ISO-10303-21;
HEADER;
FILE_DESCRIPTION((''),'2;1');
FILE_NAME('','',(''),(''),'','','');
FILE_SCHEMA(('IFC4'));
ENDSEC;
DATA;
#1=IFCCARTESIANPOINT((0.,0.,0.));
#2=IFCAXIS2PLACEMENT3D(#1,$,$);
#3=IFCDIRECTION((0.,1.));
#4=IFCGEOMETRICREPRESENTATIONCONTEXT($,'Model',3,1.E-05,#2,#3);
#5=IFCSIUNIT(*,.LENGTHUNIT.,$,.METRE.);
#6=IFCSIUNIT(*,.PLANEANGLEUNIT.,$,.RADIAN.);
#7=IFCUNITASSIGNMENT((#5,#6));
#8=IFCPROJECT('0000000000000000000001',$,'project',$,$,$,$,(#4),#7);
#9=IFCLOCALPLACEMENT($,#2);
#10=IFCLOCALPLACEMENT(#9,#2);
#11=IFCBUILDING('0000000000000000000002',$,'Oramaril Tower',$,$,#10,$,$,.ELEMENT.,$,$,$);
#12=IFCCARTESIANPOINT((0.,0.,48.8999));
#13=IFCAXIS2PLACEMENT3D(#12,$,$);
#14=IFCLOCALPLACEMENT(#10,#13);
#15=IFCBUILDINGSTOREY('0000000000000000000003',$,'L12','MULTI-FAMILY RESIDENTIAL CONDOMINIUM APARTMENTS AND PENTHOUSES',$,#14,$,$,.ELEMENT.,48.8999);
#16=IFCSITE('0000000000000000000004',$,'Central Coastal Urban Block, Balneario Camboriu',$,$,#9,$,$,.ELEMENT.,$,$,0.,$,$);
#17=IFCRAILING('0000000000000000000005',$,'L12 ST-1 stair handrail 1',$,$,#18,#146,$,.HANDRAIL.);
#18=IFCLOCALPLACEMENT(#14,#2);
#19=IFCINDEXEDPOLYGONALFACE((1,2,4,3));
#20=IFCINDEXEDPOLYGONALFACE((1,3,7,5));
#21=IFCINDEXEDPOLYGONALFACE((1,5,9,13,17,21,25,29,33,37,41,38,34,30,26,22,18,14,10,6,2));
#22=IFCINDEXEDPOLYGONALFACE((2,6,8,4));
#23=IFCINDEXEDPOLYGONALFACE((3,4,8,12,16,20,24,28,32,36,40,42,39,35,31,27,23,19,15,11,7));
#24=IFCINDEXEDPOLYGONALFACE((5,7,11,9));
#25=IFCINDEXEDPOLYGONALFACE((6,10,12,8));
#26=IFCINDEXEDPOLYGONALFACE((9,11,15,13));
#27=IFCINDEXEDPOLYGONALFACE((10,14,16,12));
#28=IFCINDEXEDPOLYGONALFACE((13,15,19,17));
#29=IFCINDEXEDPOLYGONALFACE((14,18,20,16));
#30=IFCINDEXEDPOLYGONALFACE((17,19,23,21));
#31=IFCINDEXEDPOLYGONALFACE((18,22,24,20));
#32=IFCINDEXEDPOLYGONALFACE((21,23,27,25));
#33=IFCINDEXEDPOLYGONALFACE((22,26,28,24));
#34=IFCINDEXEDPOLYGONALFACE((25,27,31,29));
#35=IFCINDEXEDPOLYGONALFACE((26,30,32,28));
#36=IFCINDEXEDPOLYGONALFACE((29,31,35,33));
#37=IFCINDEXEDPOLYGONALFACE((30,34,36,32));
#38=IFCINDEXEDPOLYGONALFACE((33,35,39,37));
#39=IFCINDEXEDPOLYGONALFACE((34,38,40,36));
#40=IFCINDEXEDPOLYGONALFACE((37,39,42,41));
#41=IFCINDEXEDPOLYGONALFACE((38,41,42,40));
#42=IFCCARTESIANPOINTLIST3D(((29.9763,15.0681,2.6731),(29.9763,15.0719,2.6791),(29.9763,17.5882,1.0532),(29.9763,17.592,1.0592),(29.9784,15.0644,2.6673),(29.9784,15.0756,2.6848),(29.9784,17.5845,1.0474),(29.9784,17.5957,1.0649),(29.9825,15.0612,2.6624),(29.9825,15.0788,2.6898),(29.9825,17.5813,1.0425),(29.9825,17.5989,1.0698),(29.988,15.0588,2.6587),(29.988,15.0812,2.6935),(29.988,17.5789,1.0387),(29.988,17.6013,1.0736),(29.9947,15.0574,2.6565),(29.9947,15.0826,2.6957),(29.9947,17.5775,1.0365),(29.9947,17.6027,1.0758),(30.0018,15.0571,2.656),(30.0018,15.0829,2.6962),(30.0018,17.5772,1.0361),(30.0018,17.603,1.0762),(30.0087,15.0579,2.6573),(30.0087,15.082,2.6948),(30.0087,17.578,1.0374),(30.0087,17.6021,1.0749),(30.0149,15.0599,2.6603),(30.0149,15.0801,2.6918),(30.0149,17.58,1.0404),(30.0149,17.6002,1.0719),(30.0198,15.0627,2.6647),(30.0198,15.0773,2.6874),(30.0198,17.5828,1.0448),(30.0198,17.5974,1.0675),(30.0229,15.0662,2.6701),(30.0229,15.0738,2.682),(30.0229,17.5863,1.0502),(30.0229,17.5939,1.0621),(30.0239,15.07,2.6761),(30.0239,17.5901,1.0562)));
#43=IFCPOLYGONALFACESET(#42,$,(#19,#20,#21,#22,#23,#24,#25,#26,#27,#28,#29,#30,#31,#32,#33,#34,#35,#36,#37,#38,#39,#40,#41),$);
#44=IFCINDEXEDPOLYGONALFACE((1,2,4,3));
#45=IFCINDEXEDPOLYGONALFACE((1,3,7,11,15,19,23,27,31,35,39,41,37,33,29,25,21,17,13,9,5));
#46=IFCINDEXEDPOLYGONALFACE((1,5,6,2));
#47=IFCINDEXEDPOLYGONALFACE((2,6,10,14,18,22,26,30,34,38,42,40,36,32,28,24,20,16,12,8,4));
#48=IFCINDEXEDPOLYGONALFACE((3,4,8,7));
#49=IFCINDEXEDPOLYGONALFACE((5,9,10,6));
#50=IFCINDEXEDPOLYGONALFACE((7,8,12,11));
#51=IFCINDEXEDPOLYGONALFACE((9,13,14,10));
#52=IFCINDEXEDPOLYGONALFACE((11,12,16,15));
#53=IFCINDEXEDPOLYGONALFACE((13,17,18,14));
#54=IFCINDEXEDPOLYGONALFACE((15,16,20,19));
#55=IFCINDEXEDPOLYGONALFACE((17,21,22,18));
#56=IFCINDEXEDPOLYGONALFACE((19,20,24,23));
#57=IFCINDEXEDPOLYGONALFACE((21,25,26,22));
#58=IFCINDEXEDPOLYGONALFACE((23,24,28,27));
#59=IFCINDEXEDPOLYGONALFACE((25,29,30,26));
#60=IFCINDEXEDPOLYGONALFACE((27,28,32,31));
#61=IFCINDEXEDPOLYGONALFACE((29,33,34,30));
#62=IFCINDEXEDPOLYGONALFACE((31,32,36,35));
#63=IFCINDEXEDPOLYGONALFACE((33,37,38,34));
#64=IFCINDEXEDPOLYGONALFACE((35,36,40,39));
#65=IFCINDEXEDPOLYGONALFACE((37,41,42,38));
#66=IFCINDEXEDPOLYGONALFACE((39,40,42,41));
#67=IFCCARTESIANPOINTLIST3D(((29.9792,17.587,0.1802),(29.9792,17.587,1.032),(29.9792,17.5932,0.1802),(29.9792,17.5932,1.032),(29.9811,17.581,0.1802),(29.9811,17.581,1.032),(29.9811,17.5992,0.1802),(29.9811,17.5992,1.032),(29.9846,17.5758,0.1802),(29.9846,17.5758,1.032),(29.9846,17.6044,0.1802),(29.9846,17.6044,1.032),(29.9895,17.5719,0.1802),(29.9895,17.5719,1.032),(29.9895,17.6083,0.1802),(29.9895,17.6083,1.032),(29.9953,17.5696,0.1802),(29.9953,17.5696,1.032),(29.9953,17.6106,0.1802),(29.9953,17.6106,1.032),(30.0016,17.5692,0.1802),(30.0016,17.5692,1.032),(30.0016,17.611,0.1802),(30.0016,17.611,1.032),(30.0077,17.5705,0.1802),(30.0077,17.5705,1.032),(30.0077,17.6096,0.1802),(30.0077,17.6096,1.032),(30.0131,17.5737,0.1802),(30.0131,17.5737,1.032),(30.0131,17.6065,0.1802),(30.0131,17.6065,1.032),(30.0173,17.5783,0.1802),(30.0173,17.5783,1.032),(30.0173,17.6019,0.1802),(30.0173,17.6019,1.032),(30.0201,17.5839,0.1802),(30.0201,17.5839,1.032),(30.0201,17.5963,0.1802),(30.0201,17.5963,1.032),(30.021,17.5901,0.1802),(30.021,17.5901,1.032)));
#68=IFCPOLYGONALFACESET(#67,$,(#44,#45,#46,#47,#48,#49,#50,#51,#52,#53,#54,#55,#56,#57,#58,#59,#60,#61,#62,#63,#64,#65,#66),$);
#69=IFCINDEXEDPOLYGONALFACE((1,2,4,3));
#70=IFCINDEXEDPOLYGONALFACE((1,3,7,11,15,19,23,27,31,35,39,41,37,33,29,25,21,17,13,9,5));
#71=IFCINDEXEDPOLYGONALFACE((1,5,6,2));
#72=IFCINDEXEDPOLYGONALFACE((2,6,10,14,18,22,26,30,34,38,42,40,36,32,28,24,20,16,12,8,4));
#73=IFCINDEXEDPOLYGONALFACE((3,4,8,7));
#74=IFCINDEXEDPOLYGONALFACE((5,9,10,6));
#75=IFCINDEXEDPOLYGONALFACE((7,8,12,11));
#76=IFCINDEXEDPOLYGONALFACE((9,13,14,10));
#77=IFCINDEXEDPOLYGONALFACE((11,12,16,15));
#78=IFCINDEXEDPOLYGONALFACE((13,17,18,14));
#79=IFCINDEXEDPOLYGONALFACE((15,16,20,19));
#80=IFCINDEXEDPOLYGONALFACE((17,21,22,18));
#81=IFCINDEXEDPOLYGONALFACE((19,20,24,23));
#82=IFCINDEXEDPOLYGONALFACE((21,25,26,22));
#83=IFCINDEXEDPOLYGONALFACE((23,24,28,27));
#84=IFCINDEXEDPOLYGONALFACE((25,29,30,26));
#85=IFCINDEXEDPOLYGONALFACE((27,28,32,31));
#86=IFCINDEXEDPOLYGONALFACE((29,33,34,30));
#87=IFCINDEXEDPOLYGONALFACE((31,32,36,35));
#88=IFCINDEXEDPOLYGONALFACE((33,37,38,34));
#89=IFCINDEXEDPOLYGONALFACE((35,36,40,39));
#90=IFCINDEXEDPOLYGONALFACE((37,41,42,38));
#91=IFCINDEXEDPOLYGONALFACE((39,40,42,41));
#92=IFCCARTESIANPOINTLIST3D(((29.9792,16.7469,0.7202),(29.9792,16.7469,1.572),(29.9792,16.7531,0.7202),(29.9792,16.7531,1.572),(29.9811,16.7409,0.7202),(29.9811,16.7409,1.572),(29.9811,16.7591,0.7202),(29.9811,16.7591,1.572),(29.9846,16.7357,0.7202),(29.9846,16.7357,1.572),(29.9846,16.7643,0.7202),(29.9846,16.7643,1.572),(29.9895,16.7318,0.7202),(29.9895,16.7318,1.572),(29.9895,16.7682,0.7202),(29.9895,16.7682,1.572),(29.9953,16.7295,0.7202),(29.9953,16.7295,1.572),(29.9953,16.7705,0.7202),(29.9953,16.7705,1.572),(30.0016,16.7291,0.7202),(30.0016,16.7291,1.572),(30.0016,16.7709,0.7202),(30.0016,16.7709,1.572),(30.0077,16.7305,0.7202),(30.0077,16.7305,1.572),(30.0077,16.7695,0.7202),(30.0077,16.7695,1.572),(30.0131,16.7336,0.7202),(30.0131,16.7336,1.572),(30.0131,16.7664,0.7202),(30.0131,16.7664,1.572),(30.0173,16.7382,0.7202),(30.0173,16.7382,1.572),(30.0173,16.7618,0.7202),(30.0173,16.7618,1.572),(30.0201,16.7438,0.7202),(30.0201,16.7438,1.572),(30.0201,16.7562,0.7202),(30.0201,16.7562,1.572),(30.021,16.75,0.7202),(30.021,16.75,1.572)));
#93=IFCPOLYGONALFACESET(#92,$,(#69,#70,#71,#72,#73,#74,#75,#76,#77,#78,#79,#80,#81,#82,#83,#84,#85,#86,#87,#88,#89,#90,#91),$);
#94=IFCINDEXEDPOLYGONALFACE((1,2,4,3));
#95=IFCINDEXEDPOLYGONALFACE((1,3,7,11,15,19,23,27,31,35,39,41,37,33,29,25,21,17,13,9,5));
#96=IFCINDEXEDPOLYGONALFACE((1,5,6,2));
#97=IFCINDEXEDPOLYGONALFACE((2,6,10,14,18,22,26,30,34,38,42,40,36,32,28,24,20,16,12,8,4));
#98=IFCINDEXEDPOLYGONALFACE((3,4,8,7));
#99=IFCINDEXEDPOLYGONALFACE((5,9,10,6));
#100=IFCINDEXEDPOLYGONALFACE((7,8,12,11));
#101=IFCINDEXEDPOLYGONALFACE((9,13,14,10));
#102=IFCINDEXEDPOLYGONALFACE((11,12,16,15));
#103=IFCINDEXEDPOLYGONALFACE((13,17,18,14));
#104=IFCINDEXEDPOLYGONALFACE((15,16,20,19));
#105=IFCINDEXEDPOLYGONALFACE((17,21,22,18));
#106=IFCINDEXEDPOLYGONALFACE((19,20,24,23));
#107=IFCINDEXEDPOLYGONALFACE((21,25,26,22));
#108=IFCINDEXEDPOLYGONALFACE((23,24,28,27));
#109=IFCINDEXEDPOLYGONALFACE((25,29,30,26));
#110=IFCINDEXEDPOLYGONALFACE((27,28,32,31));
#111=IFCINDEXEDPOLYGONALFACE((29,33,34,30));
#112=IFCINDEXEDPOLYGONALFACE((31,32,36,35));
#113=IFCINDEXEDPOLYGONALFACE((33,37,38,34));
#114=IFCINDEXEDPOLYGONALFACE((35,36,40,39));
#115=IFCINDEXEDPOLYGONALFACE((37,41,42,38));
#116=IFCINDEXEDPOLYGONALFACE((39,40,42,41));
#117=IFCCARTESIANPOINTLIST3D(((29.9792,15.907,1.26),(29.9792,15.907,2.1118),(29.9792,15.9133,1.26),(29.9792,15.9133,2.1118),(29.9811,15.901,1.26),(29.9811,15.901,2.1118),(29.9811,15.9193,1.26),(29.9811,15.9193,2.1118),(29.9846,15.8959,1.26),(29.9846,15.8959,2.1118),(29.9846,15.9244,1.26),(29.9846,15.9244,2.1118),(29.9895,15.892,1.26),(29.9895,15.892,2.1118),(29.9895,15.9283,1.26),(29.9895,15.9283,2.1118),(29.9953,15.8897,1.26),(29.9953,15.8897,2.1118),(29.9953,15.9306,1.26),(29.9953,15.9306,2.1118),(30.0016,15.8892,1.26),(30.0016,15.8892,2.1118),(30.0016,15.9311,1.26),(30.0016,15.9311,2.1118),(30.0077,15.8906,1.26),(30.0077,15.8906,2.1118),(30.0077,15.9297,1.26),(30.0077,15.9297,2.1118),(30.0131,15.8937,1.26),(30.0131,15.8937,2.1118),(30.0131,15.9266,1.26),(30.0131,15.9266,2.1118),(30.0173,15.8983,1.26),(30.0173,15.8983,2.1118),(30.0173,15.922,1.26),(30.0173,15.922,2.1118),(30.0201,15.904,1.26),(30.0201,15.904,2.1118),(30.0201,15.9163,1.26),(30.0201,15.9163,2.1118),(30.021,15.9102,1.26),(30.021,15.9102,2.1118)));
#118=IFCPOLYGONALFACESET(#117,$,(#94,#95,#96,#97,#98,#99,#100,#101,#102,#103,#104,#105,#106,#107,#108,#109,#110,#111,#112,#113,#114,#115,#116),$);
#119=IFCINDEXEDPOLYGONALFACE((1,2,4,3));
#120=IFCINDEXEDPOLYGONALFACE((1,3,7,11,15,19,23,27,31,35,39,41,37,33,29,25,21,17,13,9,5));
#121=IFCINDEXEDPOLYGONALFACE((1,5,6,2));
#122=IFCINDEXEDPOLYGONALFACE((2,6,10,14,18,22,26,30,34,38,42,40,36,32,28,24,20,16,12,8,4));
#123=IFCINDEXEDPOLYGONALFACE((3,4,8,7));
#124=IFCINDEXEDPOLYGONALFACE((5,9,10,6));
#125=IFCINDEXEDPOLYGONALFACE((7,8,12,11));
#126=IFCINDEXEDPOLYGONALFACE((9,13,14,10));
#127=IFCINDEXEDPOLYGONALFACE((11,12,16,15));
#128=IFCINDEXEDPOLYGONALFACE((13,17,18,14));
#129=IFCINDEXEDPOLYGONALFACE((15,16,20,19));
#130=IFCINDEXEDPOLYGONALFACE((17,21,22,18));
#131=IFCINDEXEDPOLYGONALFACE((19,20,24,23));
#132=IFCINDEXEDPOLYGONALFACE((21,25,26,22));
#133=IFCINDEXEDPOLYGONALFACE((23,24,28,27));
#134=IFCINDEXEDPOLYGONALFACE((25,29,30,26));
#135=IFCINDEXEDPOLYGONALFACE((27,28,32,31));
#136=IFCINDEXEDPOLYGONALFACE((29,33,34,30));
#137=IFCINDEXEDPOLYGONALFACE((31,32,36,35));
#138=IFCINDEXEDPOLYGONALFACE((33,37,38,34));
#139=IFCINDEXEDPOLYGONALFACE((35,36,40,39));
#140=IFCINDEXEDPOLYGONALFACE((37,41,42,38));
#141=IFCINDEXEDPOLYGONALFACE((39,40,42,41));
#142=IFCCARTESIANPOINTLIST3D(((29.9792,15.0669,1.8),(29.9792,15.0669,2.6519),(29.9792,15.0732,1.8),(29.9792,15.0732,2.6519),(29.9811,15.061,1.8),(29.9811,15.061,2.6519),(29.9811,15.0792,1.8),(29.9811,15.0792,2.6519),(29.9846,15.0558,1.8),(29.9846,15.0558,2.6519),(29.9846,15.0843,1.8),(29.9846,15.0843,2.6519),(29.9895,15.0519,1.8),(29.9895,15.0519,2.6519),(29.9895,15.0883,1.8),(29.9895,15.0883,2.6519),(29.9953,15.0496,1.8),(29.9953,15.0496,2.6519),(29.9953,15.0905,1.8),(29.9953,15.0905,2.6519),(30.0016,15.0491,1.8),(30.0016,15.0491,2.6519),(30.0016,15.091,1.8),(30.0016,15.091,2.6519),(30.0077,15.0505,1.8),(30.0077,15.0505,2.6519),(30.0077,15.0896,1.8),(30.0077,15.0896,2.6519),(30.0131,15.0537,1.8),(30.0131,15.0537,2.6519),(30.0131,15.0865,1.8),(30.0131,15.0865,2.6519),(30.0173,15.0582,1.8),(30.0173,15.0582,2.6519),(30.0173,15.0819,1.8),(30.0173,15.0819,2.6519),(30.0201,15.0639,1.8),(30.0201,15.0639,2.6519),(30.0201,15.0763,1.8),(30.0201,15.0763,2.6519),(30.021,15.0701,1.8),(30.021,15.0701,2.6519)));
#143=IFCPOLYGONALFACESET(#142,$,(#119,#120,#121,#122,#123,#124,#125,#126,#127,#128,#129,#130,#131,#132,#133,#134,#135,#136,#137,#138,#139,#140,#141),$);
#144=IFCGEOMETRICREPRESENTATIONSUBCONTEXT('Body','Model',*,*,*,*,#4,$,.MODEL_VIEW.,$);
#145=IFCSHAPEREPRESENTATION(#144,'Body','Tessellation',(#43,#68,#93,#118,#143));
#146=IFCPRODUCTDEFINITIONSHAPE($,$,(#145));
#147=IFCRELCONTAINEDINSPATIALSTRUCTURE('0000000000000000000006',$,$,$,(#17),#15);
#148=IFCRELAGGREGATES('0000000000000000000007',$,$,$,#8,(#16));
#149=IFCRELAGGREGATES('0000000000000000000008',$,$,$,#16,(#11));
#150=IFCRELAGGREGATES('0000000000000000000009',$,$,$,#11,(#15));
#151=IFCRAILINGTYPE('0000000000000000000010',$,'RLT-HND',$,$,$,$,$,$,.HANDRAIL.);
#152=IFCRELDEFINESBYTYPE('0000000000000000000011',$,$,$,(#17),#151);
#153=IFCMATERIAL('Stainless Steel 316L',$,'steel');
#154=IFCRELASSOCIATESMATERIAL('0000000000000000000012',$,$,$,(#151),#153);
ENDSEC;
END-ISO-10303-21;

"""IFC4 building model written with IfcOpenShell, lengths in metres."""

from ifc_helpers import new_model, si_unit, direction, frame, origin, origin_2d, place, context, subcontext, project, spatial, circle, extrude, material, type_object, element, save


model = new_model("IFC4")

# Units and contexts
model_context = context("Model", 3, precision=1e-05, world=origin(), true_north=direction((0.0, 1.0)))
body_context = subcontext(model_context, "Body", "Model", "MODEL_VIEW")
ifc_project = project(units=[si_unit("LENGTHUNIT", "METRE"), si_unit("PLANEANGLEUNIT", "RADIAN")], contexts=[model_context])

# Site, building, storey
site_placement = place(None, origin())
site = spatial("IfcSite", under=ifc_project, at=site_placement, Name="Central Coastal Urban Block, Balneario Camboriu", CompositionType="ELEMENT", RefElevation=0.0)
building_placement = place(site_placement, origin())
building = spatial("IfcBuilding", under=site, at=building_placement, Name="Oramaril Tower", CompositionType="ELEMENT")
storey_placement = place(building_placement, frame((0.0, 0.0, 48.8999)))
storey = spatial("IfcBuildingStorey", under=building, at=storey_placement, Name="L12", Description="MULTI-FAMILY RESIDENTIAL CONDOMINIUM APARTMENTS AND PENTHOUSES", CompositionType="ELEMENT", Elevation=48.8999)

# Railing
ifc_material_1 = material(Name="Stainless Steel 316L", Category="steel")
railing_type_1 = type_object("IfcRailingType", Name="RLT-HND", PredefinedType="HANDRAIL", material=ifc_material_1)
railing_1_placement = place(storey_placement, frame((30.0, 17.5901, 0.1802)))
element("IfcRailing", 1, at=railing_1_placement, inside=storey, type_object=railing_type_1, Name="L12 ST-1 stair handrail 1", PredefinedType="HANDRAIL", context=body_context, shape_type="SweptSolid", body=[
    extrude(circle(Radius=0.0239, at=origin_2d()), frame((0.0, 0.0, 0.876), z_axis=(0.0, -0.8412, 0.540725), x_axis=(1.0, 0.0, 0.0)), (0.0, 0.0, 1.0), 2.9958),
    extrude(circle(Radius=0.021, at=origin_2d()), origin(), (0.0, 0.0, 1.0), 0.8518),
    extrude(circle(Radius=0.021, at=origin_2d()), frame((0.0, -0.8401, 0.54)), (0.0, 0.0, 1.0), 0.8518),
    extrude(circle(Radius=0.021, at=origin_2d()), frame((0.0, -1.6799, 1.0798)), (0.0, 0.0, 1.0), 0.8518),
    extrude(circle(Radius=0.021, at=origin_2d()), frame((0.0, -2.52, 1.6199)), (0.0, 0.0, 1.0), 0.8518),
])

save(model, "model.ifc")
